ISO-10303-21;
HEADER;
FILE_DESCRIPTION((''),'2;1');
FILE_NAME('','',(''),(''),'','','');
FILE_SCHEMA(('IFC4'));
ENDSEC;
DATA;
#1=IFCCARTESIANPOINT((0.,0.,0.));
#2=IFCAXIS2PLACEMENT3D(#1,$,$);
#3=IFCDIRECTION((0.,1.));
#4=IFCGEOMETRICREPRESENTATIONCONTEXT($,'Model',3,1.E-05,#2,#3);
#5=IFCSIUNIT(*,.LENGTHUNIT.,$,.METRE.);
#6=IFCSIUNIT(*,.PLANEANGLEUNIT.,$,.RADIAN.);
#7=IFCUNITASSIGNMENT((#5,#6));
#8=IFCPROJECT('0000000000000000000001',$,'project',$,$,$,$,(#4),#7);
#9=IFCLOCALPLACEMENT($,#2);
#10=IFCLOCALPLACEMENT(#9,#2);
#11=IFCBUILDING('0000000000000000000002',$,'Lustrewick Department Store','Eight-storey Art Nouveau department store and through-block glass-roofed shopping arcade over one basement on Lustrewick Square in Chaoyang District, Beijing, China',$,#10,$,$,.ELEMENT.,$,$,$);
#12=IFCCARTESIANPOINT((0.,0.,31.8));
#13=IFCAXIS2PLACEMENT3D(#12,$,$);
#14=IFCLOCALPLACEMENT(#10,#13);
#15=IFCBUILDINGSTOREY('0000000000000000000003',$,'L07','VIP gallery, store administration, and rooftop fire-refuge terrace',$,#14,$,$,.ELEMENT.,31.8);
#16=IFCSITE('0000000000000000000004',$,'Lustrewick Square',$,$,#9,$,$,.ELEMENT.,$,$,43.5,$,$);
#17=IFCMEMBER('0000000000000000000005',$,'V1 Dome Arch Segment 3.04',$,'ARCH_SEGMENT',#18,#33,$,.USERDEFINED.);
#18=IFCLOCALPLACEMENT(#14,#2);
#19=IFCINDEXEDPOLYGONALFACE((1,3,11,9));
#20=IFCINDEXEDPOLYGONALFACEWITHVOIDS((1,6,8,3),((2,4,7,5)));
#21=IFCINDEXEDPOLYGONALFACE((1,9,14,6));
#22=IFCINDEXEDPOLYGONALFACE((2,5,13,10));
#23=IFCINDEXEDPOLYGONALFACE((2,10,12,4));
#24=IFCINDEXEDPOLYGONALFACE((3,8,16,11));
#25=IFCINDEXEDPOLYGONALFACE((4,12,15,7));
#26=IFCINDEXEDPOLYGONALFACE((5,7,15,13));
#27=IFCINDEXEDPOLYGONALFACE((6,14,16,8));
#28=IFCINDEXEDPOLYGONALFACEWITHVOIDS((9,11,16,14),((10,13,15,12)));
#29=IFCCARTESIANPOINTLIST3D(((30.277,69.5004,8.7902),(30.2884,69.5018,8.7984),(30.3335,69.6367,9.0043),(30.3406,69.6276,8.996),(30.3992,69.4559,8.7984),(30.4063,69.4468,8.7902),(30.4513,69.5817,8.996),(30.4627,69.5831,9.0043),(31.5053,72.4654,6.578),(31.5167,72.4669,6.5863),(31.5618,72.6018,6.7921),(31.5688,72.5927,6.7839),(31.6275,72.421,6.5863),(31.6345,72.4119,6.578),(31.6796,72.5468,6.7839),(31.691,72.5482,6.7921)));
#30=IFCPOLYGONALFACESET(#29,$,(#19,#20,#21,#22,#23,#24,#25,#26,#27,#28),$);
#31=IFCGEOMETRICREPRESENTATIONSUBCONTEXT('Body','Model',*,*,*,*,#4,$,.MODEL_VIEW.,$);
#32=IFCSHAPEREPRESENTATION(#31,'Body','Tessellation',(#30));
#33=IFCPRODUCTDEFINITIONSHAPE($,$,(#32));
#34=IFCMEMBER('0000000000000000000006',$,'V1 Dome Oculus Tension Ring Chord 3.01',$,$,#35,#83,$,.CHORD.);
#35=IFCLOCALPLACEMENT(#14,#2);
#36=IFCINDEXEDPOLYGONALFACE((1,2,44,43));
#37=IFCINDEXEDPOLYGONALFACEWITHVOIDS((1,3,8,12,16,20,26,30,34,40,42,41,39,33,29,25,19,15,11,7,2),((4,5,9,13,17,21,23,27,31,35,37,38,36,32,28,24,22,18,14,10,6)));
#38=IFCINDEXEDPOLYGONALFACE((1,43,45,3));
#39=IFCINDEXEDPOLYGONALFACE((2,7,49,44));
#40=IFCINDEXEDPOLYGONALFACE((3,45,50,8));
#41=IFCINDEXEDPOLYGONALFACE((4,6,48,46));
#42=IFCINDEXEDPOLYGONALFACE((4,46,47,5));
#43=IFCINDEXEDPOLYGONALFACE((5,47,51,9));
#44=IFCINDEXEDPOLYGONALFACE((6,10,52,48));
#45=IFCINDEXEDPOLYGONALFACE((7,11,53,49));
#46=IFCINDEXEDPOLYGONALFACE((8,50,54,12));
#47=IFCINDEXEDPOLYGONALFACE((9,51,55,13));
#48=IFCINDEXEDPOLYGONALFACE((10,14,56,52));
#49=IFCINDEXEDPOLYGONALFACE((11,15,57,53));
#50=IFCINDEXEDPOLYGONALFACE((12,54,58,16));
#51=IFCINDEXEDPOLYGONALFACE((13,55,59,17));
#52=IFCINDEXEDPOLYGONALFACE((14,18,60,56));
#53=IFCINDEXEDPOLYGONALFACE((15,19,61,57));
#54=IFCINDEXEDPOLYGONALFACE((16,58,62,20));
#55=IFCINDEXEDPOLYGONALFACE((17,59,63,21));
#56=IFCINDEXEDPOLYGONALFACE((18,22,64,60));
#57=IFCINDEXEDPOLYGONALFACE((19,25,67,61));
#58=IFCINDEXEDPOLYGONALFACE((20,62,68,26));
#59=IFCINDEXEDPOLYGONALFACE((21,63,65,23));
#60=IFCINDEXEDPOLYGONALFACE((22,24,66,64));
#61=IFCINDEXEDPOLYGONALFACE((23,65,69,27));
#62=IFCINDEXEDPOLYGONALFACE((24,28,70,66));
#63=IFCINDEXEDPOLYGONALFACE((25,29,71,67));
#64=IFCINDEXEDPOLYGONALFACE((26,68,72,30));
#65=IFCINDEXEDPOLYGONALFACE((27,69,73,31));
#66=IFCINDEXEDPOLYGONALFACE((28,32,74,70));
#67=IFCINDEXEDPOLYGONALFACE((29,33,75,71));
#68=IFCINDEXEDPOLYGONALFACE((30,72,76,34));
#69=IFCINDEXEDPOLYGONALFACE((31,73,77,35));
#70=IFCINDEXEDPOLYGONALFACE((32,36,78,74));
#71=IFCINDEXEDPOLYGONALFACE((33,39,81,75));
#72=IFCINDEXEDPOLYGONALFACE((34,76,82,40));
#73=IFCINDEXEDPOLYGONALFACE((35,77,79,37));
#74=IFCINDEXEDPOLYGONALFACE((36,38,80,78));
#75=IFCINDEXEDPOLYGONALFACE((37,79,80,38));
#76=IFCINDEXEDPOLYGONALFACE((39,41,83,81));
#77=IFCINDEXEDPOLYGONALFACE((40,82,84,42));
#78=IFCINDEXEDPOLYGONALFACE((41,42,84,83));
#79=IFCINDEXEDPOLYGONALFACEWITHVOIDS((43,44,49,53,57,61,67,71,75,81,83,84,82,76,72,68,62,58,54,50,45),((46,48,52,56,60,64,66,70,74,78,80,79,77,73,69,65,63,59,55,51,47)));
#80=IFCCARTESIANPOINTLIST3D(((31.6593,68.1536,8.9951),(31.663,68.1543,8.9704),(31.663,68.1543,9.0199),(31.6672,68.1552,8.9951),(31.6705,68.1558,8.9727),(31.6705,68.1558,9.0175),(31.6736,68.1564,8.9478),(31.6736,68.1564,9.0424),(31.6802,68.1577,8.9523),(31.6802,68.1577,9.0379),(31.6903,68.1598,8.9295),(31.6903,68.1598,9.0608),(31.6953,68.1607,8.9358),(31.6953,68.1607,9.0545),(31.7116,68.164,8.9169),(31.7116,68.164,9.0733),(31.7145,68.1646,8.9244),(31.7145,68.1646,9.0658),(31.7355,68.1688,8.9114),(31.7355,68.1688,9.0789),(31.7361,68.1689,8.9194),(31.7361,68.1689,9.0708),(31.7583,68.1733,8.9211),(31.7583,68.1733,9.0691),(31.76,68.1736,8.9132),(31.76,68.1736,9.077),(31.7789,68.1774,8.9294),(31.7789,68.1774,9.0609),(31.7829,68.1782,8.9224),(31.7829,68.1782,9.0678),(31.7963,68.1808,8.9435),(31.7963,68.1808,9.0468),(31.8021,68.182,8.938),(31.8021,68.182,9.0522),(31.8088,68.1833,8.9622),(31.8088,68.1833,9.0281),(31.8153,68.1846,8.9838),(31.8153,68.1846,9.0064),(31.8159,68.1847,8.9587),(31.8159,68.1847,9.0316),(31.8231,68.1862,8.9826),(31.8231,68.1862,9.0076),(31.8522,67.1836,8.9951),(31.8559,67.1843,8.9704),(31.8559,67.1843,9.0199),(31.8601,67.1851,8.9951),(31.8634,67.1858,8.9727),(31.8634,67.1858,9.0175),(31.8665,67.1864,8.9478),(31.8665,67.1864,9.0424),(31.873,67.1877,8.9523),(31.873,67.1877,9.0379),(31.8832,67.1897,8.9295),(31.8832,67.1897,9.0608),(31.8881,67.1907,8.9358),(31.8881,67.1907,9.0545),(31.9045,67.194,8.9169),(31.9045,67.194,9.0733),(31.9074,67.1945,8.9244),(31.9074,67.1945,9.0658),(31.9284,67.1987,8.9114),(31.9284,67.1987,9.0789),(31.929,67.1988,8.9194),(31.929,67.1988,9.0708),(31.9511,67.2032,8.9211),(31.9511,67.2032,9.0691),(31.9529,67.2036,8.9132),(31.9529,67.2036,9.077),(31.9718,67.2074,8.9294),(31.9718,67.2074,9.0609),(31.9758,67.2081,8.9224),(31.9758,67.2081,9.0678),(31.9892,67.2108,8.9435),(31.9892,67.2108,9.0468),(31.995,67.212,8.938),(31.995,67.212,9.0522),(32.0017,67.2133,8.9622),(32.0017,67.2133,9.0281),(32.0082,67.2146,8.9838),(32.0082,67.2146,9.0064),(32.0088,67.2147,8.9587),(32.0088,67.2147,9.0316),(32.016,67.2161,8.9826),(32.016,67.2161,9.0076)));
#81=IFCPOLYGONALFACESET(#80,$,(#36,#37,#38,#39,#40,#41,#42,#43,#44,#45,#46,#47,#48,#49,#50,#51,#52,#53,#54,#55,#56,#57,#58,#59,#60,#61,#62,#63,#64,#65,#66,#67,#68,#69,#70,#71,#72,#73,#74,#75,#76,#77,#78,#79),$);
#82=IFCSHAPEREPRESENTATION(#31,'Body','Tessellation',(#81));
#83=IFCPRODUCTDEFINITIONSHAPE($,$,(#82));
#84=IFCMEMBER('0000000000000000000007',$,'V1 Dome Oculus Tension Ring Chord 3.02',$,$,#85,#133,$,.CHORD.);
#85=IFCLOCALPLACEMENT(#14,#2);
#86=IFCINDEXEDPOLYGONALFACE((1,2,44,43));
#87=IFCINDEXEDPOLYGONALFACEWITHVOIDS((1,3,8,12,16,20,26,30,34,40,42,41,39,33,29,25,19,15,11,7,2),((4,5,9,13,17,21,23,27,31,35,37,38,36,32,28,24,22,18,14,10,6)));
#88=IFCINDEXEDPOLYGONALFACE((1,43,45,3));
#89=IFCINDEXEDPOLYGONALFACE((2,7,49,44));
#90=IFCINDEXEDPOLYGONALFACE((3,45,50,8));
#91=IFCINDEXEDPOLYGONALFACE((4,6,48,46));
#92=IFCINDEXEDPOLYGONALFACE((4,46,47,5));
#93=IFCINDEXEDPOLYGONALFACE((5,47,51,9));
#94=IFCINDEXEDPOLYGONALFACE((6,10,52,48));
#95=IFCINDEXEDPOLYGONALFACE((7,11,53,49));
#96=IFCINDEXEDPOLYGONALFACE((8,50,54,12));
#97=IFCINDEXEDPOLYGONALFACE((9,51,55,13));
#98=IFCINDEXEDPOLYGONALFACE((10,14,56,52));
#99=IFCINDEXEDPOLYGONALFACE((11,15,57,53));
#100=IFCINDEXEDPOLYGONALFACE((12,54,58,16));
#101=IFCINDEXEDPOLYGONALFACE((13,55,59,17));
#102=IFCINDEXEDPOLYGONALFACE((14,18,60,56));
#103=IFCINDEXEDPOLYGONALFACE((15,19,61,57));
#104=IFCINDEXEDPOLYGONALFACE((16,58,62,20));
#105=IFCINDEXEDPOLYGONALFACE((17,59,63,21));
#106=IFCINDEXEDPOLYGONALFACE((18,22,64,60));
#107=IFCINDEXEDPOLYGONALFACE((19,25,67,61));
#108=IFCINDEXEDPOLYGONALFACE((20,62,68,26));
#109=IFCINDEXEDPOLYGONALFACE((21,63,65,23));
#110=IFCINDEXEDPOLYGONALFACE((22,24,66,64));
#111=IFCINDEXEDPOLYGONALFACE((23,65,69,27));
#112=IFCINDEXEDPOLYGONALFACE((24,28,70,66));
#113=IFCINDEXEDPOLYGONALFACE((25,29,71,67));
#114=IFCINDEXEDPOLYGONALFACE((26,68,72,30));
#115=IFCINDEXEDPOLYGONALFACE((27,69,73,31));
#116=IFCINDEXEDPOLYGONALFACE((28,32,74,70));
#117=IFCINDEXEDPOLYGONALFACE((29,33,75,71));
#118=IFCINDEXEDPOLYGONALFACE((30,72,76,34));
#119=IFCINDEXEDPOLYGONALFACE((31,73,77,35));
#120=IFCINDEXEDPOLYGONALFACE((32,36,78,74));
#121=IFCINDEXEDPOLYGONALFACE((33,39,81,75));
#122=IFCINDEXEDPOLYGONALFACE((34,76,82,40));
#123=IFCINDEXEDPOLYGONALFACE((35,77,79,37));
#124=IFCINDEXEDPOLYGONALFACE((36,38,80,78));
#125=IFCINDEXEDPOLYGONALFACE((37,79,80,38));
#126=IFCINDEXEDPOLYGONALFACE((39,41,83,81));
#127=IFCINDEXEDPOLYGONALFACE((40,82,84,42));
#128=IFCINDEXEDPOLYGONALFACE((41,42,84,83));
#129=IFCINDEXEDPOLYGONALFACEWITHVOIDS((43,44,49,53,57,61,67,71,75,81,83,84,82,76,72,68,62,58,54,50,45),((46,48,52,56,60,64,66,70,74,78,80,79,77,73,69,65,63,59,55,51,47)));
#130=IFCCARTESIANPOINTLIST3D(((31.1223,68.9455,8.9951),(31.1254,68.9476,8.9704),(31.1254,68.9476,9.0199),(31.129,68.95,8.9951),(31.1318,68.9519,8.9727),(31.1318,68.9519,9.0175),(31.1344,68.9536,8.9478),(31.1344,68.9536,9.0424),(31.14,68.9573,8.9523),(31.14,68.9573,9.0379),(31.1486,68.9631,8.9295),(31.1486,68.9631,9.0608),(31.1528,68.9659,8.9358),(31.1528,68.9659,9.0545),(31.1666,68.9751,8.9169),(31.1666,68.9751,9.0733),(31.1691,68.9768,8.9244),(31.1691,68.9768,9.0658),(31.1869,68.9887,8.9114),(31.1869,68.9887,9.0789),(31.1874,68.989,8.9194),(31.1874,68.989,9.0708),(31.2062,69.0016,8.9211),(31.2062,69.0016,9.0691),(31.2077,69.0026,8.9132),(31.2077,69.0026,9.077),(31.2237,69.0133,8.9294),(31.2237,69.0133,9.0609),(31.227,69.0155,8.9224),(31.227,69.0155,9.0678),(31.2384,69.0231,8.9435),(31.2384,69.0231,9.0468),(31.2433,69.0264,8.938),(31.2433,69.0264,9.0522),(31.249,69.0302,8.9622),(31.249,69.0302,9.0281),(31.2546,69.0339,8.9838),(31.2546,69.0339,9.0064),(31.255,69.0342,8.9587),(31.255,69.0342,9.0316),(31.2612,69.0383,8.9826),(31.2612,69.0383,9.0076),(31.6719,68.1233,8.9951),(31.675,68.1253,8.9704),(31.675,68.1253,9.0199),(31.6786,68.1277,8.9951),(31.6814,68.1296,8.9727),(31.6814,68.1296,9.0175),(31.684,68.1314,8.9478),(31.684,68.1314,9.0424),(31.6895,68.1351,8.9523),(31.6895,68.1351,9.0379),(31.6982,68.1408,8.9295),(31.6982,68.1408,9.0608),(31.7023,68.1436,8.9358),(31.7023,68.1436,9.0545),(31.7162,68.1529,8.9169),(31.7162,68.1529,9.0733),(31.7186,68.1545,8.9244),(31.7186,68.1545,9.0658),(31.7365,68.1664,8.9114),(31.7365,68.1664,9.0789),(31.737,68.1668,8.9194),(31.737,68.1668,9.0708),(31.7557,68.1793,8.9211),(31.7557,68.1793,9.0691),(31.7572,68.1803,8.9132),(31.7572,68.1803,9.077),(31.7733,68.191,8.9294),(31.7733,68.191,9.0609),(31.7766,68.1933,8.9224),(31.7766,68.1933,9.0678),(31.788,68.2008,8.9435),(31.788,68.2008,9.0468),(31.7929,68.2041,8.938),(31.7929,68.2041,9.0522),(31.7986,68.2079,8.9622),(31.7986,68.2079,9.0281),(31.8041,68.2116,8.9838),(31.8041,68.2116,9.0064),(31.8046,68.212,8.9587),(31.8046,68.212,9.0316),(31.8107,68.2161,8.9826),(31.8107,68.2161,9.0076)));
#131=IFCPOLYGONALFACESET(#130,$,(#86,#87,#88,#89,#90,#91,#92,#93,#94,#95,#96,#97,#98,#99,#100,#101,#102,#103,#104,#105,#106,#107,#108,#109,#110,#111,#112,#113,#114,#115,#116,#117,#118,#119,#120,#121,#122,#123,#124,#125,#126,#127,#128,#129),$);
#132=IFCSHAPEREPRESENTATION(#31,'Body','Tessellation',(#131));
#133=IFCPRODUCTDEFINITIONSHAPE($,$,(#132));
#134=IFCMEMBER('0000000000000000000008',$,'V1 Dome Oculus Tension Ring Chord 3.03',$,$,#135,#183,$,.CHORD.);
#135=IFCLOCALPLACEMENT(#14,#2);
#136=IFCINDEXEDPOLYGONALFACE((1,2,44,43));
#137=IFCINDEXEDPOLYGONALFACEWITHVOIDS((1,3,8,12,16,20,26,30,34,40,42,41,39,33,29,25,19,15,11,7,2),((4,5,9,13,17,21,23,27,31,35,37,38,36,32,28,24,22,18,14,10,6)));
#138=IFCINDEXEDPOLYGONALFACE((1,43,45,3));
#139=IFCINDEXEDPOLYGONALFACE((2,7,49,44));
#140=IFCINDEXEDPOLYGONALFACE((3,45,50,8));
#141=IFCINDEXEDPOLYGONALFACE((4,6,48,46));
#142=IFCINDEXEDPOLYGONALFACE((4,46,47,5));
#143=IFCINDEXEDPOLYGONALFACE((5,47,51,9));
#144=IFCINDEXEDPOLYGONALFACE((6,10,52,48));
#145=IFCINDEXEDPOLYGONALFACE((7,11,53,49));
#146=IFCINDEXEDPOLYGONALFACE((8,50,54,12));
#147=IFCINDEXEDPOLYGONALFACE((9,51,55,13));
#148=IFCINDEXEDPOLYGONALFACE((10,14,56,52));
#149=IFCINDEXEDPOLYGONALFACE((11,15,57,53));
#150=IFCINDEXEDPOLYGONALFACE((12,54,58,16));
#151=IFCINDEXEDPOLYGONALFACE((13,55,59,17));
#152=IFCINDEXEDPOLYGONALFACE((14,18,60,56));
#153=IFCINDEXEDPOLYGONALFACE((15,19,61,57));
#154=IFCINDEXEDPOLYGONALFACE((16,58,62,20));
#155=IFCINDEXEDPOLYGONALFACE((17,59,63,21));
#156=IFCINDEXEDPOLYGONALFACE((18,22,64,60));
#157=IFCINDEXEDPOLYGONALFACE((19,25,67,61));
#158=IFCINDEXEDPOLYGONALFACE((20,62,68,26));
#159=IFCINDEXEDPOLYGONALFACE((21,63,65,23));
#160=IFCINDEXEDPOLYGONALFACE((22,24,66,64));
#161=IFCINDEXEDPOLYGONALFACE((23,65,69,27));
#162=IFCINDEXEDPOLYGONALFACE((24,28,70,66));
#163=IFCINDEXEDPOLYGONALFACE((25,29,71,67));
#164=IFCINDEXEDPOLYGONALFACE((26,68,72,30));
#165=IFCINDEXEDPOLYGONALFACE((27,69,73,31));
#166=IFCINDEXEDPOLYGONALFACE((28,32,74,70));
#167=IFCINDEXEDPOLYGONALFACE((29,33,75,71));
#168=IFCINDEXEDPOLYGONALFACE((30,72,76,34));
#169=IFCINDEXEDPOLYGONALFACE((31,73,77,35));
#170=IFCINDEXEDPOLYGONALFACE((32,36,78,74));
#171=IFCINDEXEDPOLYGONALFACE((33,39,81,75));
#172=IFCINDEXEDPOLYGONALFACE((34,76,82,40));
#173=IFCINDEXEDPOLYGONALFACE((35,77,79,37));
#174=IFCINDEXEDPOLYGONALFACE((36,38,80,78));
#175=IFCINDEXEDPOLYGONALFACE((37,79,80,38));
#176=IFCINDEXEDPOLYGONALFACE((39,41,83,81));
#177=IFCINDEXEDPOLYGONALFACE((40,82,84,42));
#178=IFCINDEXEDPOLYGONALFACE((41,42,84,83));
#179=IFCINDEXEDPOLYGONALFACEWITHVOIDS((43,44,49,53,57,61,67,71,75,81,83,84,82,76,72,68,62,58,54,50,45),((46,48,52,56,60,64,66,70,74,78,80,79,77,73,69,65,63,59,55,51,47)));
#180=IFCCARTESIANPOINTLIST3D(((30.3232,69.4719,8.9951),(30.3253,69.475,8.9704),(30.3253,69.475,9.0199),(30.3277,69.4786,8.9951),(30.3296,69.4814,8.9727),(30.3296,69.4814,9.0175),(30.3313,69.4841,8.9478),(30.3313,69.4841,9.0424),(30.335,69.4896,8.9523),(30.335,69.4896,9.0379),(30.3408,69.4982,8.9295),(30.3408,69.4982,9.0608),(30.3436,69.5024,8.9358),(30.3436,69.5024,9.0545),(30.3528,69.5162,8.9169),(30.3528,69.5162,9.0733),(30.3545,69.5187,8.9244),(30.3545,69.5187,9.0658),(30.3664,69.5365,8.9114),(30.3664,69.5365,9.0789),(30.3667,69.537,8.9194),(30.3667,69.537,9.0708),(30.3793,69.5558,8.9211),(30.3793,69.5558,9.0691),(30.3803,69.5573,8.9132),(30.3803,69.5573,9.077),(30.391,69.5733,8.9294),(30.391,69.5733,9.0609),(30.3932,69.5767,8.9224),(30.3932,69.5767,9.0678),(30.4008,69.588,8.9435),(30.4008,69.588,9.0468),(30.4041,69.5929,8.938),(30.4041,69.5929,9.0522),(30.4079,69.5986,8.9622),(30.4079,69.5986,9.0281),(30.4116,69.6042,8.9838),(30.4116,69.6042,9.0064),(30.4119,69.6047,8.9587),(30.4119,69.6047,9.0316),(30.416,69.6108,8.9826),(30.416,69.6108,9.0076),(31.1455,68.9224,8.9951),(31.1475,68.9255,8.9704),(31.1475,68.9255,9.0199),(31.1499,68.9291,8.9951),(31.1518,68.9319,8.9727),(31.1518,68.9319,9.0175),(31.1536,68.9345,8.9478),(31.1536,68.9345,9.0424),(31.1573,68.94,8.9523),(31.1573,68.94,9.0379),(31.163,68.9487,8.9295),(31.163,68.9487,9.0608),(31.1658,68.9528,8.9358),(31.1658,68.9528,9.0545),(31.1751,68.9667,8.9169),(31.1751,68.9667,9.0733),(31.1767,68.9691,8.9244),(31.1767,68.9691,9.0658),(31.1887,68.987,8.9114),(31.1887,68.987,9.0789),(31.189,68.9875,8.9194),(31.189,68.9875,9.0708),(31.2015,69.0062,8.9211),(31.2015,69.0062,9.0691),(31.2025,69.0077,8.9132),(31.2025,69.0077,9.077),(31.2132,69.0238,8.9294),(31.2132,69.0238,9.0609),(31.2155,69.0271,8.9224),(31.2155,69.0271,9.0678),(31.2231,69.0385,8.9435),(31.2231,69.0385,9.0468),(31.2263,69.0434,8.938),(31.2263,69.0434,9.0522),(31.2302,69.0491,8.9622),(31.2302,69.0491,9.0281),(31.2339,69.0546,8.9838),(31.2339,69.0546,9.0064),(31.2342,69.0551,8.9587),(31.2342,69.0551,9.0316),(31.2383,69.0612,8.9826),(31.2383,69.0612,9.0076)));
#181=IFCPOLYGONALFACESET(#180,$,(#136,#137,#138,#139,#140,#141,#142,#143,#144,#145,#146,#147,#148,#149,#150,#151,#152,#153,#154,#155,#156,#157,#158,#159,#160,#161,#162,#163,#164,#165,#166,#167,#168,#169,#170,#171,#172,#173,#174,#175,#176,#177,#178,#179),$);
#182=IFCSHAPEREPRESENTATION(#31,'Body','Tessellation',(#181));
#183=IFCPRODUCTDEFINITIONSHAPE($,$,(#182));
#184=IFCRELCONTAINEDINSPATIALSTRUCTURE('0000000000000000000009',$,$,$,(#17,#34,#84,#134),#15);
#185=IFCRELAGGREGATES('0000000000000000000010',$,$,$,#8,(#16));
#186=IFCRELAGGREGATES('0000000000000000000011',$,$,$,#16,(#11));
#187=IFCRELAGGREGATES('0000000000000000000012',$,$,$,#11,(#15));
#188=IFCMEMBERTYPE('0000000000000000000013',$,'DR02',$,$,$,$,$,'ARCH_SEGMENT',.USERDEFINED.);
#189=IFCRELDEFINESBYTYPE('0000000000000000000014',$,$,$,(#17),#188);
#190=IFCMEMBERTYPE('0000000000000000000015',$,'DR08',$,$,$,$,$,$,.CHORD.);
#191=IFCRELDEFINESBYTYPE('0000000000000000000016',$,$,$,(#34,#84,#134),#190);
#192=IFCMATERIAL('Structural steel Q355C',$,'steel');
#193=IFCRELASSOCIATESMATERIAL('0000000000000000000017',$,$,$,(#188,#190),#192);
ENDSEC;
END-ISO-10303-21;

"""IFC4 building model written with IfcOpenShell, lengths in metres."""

from ifc_helpers import new_model, si_unit, direction, frame, origin, origin_2d, place, context, subcontext, project, spatial, hollow_rectangle, hollow_circle, extrude, material, material_profile, profile_set, type_object, element, save


model = new_model("IFC4")

# Units and contexts
model_context = context("Model", 3, precision=1e-05, world=origin(), true_north=direction((0.0, 1.0)))
body_context = subcontext(model_context, "Body", "Model", "MODEL_VIEW")
ifc_project = project(units=[si_unit("LENGTHUNIT", "METRE"), si_unit("PLANEANGLEUNIT", "RADIAN")], contexts=[model_context])

# Site, building, storey
site_placement = place(None, origin())
site = spatial("IfcSite", under=ifc_project, at=site_placement, Name="Lustrewick Square", CompositionType="ELEMENT", RefElevation=43.5)
building_placement = place(site_placement, origin())
building = spatial("IfcBuilding", under=site, at=building_placement, Name="Lustrewick Department Store", Description="Eight-storey Art Nouveau department store and through-block glass-roofed shopping arcade over one basement on Lustrewick Square in Chaoyang District, Beijing, China", CompositionType="ELEMENT")
storey_placement = place(building_placement, frame((0.0, 0.0, 31.8)))
storey = spatial("IfcBuildingStorey", under=building, at=storey_placement, Name="L07", Description="VIP gallery, store administration, and rooftop fire-refuge terrace", CompositionType="ELEMENT", Elevation=31.8)

# Members
ifc_material = material(Name="Structural steel Q355C", Category="steel")
ifc_material_profile_1 = material_profile(ifc_material, hollow_rectangle(XDim=0.1399, YDim=0.26, WallThickness=0.01, at=origin_2d()), Name="RHS 260x140x10")
ifc_profile_set_1 = profile_set([ifc_material_profile_1], Name="Structural steel Q355C")
member_type_1 = type_object("IfcMemberType", Name="DR02", ElementType="ARCH_SEGMENT", PredefinedType="USERDEFINED", material=ifc_profile_set_1)
member_1_placement = place(storey_placement, frame((31.5981, 72.5068, 6.6851), z_axis=(-0.315107, -0.760678, 0.567518), x_axis=(0.923869, -0.382708, 0.0)))
element("IfcMember", 1, at=member_1_placement, inside=storey, type_object=member_type_1, Name="V1 Dome Arch Segment 3.04", ObjectType="ARCH_SEGMENT", PredefinedType="USERDEFINED", context=body_context, shape_type="SweptSolid", body=[
    extrude(hollow_rectangle(XDim=0.1399, YDim=0.26, WallThickness=0.01, at=origin_2d()), origin(), (0.0, 0.0, 1.0), 3.8979),
])
ifc_material_profile_2 = material_profile(ifc_material, hollow_circle(Radius=0.084, WallThickness=0.0081, at=origin_2d()), Name="CHS 168x8")
ifc_profile_set_2 = profile_set([ifc_material_profile_2], Name="Structural steel Q355C")
member_type_2 = type_object("IfcMemberType", Name="DR08", PredefinedType="CHORD", material=ifc_profile_set_2)
for number, where, z_axis, x_axis, name in (
    (2, (31.9346, 67.2, 8.9951), (-0.195024, 0.980798, 0.0), (-0.980798, -0.195024, 0.0), "V1 Dome Oculus Tension Ring Chord 3.01"),
    (3, (31.7417, 68.1699, 8.9951), (-0.555668, 0.831404, 0.0), (-0.831404, -0.555668, 0.0), "V1 Dome Oculus Tension Ring Chord 3.02"),
    (4, (31.1921, 68.9922, 8.9951), (-0.831404, 0.555668, 0.0), (-0.555668, -0.831404, 0.0), "V1 Dome Oculus Tension Ring Chord 3.03"),
):
    element("IfcMember", number, at=place(storey_placement, frame(where, z_axis=z_axis, x_axis=x_axis)), inside=storey, type_object=member_type_2, Name=name, PredefinedType="CHORD", context=body_context, shape_type="SweptSolid", body=[
        extrude(hollow_circle(Radius=0.084, WallThickness=0.0081, at=origin_2d()), origin(), (0.0, 0.0, 1.0), 0.989),
    ])

save(model, "model.ifc")
